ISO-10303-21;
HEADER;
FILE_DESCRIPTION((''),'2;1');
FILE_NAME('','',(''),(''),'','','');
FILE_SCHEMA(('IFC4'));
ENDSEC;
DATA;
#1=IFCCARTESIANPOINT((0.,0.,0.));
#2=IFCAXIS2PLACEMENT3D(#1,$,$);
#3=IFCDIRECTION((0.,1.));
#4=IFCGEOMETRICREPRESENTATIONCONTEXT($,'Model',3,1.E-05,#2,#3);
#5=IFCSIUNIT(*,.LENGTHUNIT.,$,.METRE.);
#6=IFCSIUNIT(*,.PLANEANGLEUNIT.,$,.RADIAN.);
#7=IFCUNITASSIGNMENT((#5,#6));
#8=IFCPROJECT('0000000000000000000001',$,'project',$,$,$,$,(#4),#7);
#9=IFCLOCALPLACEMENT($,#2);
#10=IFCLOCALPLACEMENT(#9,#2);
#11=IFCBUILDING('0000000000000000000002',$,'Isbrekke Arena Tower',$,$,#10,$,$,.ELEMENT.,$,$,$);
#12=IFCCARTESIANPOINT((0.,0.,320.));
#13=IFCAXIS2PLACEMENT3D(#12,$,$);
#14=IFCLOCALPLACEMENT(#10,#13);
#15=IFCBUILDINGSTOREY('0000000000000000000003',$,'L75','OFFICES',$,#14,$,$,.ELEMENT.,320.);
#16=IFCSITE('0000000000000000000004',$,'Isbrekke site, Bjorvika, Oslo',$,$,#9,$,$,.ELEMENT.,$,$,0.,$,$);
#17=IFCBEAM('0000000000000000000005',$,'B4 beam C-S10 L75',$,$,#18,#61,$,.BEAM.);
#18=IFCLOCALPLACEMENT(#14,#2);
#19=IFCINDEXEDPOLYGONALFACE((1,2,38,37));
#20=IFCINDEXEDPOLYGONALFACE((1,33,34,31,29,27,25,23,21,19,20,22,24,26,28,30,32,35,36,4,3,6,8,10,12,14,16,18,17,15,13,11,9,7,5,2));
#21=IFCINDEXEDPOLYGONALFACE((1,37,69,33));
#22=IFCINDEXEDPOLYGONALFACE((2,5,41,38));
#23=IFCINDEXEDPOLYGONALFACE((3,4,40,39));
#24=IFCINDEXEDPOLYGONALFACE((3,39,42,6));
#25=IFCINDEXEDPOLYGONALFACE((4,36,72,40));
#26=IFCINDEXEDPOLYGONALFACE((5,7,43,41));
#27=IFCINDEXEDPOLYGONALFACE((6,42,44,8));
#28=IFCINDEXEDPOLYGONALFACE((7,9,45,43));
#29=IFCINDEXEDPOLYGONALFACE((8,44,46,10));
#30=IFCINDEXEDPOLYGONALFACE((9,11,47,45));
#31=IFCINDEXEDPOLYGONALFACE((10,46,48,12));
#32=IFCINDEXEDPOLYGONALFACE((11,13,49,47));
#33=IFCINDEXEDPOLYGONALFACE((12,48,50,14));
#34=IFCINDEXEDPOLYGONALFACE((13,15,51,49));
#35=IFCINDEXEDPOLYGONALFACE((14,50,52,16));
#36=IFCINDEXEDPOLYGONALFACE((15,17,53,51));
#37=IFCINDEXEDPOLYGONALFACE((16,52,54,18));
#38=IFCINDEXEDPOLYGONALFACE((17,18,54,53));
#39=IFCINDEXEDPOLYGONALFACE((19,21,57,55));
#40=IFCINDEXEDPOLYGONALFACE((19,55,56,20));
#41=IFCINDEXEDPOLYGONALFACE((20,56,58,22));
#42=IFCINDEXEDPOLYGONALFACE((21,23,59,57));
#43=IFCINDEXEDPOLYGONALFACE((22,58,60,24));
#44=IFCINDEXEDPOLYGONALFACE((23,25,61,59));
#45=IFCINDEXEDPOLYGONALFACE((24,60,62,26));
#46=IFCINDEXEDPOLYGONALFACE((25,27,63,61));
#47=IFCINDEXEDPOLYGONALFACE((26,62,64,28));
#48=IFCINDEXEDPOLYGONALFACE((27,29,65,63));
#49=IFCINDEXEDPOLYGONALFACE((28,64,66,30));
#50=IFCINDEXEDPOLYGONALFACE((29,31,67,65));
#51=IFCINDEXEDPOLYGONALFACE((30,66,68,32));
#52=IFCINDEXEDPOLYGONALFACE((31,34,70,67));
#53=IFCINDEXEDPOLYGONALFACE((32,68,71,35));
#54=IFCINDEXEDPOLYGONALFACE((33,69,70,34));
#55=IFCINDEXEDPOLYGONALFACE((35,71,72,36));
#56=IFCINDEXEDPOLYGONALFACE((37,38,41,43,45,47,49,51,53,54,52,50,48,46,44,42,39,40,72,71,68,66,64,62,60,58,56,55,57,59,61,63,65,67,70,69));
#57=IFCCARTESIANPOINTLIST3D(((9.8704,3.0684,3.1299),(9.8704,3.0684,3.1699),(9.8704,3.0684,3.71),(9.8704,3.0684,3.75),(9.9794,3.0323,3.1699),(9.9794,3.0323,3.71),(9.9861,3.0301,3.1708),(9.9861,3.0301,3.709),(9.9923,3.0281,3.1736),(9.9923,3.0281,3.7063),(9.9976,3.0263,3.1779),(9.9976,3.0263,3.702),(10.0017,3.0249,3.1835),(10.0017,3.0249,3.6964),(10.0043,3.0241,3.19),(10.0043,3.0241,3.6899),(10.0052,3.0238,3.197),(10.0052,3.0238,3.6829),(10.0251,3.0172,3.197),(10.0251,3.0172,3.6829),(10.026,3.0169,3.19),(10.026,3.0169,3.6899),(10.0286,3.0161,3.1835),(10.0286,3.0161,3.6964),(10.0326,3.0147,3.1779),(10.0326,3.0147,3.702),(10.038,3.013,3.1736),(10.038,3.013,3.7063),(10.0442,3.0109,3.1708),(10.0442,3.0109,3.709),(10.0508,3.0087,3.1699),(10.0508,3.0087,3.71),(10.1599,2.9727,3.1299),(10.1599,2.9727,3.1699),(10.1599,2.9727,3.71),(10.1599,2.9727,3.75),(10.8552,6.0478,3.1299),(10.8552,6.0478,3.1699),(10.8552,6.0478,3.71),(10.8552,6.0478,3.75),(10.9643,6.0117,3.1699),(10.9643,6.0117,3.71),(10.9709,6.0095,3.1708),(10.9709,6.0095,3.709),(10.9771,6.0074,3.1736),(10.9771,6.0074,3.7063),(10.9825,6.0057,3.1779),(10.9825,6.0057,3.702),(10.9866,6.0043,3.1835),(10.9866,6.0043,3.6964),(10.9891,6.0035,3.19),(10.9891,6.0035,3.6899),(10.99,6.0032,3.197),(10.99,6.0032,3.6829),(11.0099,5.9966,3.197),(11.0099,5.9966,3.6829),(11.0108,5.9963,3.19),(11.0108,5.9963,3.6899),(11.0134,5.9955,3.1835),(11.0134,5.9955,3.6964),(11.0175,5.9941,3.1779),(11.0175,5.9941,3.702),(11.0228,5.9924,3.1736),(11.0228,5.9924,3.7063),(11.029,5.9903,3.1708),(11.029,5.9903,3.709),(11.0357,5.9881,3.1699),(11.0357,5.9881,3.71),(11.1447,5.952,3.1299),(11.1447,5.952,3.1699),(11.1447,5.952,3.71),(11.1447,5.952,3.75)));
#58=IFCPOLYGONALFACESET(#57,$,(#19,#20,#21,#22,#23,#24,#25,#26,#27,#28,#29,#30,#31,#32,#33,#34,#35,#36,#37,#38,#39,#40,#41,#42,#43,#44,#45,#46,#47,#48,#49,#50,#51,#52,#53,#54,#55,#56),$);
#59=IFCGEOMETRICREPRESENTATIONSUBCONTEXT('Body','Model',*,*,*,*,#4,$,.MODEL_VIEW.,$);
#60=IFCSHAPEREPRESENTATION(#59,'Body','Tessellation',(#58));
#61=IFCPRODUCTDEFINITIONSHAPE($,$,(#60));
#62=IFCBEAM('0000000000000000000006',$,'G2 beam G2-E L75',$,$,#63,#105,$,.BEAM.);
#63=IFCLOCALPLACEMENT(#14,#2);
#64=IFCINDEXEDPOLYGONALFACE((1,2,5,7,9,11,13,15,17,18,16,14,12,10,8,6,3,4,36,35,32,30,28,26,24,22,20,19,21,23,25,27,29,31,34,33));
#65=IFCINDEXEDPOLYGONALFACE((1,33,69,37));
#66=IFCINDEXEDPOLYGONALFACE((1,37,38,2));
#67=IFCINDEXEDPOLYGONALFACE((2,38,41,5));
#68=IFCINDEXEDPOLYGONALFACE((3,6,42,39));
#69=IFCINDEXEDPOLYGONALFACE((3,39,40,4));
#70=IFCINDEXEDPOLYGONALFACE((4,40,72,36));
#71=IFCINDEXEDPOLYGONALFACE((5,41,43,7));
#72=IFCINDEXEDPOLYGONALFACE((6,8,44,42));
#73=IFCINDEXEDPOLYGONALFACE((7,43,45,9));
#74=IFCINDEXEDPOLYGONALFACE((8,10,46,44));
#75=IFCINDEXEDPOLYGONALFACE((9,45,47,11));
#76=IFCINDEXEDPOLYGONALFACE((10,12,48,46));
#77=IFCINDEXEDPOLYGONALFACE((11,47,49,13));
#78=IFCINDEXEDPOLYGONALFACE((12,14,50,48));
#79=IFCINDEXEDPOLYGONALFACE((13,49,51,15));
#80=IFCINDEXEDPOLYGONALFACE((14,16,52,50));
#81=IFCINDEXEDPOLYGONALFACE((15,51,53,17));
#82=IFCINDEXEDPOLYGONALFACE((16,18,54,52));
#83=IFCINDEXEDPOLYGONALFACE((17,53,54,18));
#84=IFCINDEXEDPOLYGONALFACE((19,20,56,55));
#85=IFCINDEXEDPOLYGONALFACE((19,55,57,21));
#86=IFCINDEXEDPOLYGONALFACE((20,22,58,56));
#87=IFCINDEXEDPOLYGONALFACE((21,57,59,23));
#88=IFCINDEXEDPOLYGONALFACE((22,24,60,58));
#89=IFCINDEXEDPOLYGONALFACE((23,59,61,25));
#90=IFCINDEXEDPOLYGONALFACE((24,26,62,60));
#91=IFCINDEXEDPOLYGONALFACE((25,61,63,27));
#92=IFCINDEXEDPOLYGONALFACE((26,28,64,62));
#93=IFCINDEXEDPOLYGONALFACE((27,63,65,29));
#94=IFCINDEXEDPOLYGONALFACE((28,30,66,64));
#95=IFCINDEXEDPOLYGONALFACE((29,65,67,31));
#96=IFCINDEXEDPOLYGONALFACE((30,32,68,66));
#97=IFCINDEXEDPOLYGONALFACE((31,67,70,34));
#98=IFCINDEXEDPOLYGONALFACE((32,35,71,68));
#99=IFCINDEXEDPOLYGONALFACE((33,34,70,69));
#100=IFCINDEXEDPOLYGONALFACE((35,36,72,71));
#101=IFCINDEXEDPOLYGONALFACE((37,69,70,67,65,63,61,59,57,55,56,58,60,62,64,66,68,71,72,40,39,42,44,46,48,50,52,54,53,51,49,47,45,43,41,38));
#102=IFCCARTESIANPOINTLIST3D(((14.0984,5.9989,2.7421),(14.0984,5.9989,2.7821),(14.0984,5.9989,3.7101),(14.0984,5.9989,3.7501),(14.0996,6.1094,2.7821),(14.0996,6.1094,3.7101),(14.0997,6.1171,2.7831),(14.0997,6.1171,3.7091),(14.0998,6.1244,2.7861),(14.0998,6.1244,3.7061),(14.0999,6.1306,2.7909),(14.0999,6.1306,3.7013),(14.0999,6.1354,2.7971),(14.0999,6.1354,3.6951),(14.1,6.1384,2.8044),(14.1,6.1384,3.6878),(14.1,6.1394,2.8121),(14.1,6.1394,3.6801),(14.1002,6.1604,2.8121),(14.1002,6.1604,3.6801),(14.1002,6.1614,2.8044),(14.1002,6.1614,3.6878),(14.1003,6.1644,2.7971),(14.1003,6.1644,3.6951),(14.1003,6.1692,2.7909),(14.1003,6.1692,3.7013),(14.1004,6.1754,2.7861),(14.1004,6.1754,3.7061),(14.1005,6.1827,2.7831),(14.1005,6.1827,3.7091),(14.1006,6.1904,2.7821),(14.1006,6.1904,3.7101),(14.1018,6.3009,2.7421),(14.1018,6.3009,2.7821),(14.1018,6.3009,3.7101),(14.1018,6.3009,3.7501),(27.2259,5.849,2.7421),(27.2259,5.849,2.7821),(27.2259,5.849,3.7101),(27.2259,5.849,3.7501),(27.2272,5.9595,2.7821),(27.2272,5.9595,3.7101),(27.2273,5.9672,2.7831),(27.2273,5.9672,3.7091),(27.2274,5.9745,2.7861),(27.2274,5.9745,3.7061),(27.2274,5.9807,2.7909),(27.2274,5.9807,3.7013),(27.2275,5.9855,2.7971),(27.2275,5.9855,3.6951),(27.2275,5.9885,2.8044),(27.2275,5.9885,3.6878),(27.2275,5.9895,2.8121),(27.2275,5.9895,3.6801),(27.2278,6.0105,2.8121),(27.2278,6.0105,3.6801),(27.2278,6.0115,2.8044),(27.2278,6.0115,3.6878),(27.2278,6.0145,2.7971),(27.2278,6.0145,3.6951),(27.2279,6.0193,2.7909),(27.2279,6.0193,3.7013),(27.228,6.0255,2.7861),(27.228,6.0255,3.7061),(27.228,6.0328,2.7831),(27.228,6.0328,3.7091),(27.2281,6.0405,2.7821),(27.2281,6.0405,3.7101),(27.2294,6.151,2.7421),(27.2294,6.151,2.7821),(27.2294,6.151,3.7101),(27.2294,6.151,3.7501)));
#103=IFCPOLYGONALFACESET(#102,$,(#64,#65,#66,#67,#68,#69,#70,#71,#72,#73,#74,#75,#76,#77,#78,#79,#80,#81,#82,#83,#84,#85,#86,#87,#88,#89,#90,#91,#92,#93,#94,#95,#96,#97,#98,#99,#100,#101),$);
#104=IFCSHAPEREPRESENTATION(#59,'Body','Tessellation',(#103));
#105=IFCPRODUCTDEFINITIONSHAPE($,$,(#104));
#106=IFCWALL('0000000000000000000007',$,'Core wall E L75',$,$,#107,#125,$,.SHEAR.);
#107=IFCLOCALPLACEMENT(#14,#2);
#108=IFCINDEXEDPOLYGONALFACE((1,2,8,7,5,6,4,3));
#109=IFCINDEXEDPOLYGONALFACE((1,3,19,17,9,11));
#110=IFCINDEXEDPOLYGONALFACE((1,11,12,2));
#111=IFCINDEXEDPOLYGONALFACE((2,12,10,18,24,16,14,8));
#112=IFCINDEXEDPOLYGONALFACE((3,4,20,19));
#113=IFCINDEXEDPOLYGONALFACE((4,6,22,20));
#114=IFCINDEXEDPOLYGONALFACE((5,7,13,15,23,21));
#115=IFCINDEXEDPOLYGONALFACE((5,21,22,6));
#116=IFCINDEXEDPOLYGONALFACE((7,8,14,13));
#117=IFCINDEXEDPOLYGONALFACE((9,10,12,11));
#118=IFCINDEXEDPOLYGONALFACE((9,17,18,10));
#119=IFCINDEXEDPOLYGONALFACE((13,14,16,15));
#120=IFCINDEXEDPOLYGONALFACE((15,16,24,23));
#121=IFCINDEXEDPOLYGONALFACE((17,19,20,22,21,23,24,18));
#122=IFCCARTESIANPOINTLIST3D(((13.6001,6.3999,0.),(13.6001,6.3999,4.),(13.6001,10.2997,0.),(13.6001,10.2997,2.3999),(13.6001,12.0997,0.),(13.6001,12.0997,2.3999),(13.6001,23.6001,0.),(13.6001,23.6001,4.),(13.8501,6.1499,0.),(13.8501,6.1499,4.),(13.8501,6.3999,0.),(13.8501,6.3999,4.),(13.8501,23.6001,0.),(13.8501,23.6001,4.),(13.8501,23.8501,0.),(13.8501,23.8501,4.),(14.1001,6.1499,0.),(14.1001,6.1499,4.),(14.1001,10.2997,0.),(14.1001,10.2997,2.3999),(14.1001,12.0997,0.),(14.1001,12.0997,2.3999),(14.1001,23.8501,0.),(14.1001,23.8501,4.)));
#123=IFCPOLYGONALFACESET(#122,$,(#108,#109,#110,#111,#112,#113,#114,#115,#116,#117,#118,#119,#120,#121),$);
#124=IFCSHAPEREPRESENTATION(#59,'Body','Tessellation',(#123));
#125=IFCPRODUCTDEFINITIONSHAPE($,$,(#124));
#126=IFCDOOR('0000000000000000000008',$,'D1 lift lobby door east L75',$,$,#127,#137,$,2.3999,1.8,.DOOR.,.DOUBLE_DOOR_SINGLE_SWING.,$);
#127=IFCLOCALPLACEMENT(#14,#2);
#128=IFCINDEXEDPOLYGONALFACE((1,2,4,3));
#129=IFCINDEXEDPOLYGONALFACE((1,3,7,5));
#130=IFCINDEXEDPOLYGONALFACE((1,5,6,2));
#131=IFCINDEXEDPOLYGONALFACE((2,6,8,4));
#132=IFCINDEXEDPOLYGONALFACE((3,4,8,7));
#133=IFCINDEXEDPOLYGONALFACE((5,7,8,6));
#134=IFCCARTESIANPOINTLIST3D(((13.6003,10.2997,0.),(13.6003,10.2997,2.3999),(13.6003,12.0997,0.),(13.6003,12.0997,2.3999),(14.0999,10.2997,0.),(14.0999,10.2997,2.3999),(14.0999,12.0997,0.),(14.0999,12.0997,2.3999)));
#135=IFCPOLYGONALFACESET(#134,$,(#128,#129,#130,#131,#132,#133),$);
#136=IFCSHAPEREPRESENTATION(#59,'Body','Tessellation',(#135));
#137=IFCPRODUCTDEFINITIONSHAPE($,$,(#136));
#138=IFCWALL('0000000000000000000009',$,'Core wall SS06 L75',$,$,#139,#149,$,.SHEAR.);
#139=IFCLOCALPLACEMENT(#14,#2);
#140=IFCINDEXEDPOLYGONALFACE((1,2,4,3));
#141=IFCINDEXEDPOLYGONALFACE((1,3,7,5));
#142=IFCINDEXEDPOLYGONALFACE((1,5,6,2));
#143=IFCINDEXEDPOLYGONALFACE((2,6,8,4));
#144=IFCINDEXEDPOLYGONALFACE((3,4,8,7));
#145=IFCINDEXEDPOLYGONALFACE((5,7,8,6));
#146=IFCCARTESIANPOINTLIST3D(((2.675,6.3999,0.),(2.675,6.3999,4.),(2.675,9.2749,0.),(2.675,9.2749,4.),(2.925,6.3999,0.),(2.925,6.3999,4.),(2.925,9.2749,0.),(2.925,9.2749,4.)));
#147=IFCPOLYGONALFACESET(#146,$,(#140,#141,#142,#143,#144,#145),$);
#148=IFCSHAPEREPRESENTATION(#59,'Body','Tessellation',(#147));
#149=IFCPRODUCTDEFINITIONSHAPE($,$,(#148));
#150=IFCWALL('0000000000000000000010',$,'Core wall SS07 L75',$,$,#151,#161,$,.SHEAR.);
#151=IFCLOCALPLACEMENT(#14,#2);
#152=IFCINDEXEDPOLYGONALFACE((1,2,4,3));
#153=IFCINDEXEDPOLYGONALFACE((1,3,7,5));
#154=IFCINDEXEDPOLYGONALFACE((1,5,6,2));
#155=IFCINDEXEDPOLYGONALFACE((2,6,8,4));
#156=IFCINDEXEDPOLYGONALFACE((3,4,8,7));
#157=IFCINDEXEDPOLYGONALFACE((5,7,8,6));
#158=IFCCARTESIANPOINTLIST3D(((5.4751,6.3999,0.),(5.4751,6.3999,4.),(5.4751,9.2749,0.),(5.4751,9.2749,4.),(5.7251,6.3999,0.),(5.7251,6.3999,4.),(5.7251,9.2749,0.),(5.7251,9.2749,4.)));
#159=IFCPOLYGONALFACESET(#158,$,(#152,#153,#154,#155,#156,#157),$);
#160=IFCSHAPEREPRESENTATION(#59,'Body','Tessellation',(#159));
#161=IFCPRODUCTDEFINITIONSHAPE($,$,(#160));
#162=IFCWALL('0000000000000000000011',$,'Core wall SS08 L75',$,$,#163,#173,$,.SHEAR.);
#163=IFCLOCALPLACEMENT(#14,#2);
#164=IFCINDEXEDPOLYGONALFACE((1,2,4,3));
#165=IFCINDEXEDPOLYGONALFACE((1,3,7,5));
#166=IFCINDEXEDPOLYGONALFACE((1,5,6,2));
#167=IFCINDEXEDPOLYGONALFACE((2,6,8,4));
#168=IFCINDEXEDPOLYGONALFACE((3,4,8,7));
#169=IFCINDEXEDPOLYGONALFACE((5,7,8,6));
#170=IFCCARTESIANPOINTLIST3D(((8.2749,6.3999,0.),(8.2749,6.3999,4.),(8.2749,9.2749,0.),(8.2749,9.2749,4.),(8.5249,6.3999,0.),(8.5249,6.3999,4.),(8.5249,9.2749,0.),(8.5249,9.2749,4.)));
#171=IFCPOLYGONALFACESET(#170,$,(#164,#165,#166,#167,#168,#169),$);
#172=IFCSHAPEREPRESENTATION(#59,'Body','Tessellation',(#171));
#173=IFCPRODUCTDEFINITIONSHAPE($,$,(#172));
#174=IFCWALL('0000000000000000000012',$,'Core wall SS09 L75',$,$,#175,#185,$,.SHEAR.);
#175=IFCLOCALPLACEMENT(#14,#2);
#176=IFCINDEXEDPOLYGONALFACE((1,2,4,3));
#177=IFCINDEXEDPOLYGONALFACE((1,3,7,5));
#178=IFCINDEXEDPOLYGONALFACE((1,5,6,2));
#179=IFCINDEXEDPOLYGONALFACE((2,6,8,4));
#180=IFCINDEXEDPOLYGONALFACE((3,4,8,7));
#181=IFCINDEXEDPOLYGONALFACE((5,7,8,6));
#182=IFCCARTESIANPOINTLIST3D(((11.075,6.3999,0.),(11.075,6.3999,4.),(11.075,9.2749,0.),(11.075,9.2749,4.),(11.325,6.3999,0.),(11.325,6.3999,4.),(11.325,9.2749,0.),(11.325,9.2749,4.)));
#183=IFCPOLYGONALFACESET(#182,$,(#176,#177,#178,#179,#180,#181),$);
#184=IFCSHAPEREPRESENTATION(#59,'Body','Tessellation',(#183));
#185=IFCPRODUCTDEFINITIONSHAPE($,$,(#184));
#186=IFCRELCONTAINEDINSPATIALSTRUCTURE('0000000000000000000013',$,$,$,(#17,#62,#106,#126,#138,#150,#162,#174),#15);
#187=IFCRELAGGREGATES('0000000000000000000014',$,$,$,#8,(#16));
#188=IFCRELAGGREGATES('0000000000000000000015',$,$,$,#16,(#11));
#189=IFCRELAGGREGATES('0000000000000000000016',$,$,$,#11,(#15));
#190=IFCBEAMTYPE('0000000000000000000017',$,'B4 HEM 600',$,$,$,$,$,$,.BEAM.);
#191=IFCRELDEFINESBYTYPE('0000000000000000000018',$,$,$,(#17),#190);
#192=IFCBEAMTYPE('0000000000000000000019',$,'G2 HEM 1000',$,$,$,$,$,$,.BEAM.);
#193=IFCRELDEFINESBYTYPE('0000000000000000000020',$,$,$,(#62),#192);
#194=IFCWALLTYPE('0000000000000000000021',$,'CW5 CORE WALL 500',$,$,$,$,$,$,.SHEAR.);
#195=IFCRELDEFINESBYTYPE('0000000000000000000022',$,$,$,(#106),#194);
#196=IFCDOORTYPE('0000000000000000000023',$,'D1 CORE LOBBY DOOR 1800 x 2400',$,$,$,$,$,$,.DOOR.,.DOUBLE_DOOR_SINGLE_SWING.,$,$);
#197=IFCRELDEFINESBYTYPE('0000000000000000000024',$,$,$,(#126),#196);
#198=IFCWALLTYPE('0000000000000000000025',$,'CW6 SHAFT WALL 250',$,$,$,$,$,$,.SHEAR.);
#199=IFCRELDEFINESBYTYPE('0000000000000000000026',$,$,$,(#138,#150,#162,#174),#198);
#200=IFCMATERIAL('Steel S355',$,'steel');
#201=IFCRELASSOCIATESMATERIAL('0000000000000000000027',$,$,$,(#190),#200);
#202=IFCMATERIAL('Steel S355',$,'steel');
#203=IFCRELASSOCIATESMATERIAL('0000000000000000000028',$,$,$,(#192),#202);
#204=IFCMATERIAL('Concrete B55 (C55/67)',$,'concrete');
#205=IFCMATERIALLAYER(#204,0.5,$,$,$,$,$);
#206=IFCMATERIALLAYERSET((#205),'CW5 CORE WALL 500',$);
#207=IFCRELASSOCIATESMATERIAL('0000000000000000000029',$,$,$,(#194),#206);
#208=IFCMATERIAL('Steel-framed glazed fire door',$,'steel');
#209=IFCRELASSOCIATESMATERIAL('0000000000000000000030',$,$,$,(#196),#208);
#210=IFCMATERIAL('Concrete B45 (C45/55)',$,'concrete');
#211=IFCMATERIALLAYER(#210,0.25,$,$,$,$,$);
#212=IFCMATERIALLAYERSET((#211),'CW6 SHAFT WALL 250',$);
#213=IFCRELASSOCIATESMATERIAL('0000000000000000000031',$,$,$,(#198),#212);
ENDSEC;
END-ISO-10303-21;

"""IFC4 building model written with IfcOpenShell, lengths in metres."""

from ifc_helpers import new_model, si_unit, direction, frame, frame_2d, origin, origin_2d, place, context, subcontext, project, spatial, polyline, rectangle, i_section, outline, extrude, material, layer, layer_set, material_profile, profile_set, type_object, element, fill, save


model = new_model("IFC4")

# Units and contexts
model_context = context("Model", 3, precision=1e-05, world=origin(), true_north=direction((0.0, 1.0)))
body_context = subcontext(model_context, "Body", "Model", "MODEL_VIEW")
ifc_project = project(units=[si_unit("LENGTHUNIT", "METRE"), si_unit("PLANEANGLEUNIT", "RADIAN")], contexts=[model_context])

# Site, building, storey
site_placement = place(None, origin())
site = spatial("IfcSite", under=ifc_project, at=site_placement, Name="Isbrekke site, Bjorvika, Oslo", CompositionType="ELEMENT", RefElevation=0.0)
building_placement = place(site_placement, origin())
building = spatial("IfcBuilding", under=site, at=building_placement, Name="Isbrekke Arena Tower", CompositionType="ELEMENT")
storey_placement = place(building_placement, frame((0.0, 0.0, 320.0)))
storey = spatial("IfcBuildingStorey", under=building, at=storey_placement, Name="L75", Description="OFFICES", CompositionType="ELEMENT", Elevation=320.0)

# Beams
ifc_material_1 = material(Name="Steel S355", Category="steel")
ifc_material_profile_1 = material_profile(ifc_material_1, i_section(OverallWidth=0.3049, OverallDepth=0.6201, WebThickness=0.021, FlangeThickness=0.04, FilletRadius=0.0271, at=origin_2d()), Name="HEM 600")
ifc_profile_set_1 = profile_set([ifc_material_profile_1], Name="Steel S355")
beam_type_1 = type_object("IfcBeamType", Name="B4 HEM 600", PredefinedType="BEAM", material=ifc_profile_set_1)
beam_1_placement = place(storey_placement, frame((10.0151, 3.0205, 3.4399), z_axis=(0.313846, 0.949474, 0.0), x_axis=(-0.949474, 0.313846, 0.0)))
element("IfcBeam", 1, at=beam_1_placement, inside=storey, type_object=beam_type_1, Name="B4 beam C-S10 L75", PredefinedType="BEAM", context=body_context, shape_type="SweptSolid", body=[
    extrude(i_section(OverallWidth=0.3049, OverallDepth=0.6201, WebThickness=0.021, FlangeThickness=0.04, FilletRadius=0.0271, at=origin_2d()), origin(), (0.0, 0.0, 1.0), 3.1379),
])
ifc_material_2 = material(Name="Steel S355", Category="steel")
ifc_material_profile_2 = material_profile(ifc_material_2, i_section(OverallWidth=0.302, OverallDepth=1.0081, WebThickness=0.021, FlangeThickness=0.04, FilletRadius=0.03, at=origin_2d()), Name="HEM 1000")
ifc_profile_set_2 = profile_set([ifc_material_profile_2], Name="Steel S355")
beam_type_2 = type_object("IfcBeamType", Name="G2 HEM 1000", PredefinedType="BEAM", material=ifc_profile_set_2)
beam_2_placement = place(storey_placement, frame((14.1001, 6.1499, 3.2461), z_axis=(0.999935, -0.011418, 0.0), x_axis=(0.011418, 0.999935, 0.0)))
element("IfcBeam", 2, at=beam_2_placement, inside=storey, type_object=beam_type_2, Name="G2 beam G2-E L75", PredefinedType="BEAM", context=body_context, shape_type="SweptSolid", body=[
    extrude(i_section(OverallWidth=0.302, OverallDepth=1.0081, WebThickness=0.021, FlangeThickness=0.04, FilletRadius=0.03, at=origin_2d()), origin(), (0.0, 0.0, 1.0), 13.1284),
])

# Wall, opening, door
ifc_material_3 = material(Name="Concrete B55 (C55/67)", Category="concrete")
ifc_layer_1 = layer(ifc_material_3, 0.5)
ifc_layer_set_1 = layer_set([ifc_layer_1], Name="CW5 CORE WALL 500")
wall_type_1 = type_object("IfcWallType", Name="CW5 CORE WALL 500", PredefinedType="SHEAR", material=ifc_layer_set_1)
wall_1_placement = place(storey_placement, frame((13.8501, 6.1499, 0.0), z_axis=(0.0, 0.0, 1.0), x_axis=(0.0, 1.0, 0.0)))
wall_1 = element("IfcWall", 3, at=wall_1_placement, inside=storey, type_object=wall_type_1, Name="Core wall E L75", PredefinedType="SHEAR", context=body_context, shape_type="SweptSolid", body=[
    extrude(outline(polyline([(0.0, -0.25), (17.7002, -0.25), (17.7002, 0.0), (17.4502, 0.0), (17.4502, 0.25), (0.25, 0.25), (0.25, 0.0), (0.0, 0.0), (0.0, -0.25)])), origin(), (0.0, 0.0, 1.0), 4.0),
])
opening_1_placement = place(wall_1_placement, frame((4.1499, 0.0, 0.0)))
opening_1 = element("IfcOpeningElement", 4, at=opening_1_placement, cuts=wall_1, PredefinedType="OPENING", context=body_context, shape_type="SweptSolid", body=[
    extrude(rectangle(XDim=1.8, YDim=2.3999, at=frame_2d((0.8999, 1.2))), frame((0.0, 0.2649, 0.0), z_axis=(0.0, -1.0, 0.0), x_axis=(1.0, 0.0, 0.0)), (0.0, 0.0, 1.0), 0.5298),
])
ifc_material_4 = material(Name="Steel-framed glazed fire door", Category="steel")
door_type_1 = type_object("IfcDoorType", Name="D1 CORE LOBBY DOOR 1800 x 2400", OperationType="DOUBLE_DOOR_SINGLE_SWING", PredefinedType="DOOR", material=ifc_material_4)
door_1_placement = place(opening_1_placement, origin())
door_1 = element("IfcDoor", 5, at=door_1_placement, inside=storey, type_object=door_type_1, Name="D1 lift lobby door east L75", OperationType="DOUBLE_DOOR_SINGLE_SWING", OverallHeight=2.3999, OverallWidth=1.8, PredefinedType="DOOR", context=body_context, shape_type="SweptSolid", body=[
    extrude(rectangle(XDim=1.8, YDim=2.3999, at=frame_2d((0.8999, 1.2))), frame((0.0, 0.2498, 0.0), z_axis=(0.0, -1.0, 0.0), x_axis=(1.0, 0.0, 0.0)), (0.0, 0.0, 1.0), 0.4995),
])
fill(opening_1, door_1)

# Walls
ifc_material_5 = material(Name="Concrete B45 (C45/55)", Category="concrete")
ifc_layer_2 = layer(ifc_material_5, 0.25)
ifc_layer_set_2 = layer_set([ifc_layer_2], Name="CW6 SHAFT WALL 250")
wall_type_2 = type_object("IfcWallType", Name="CW6 SHAFT WALL 250", PredefinedType="SHEAR", material=ifc_layer_set_2)
for number, where, z_axis, x_axis, name in (
    (6, (2.8, 6.3999, 0.0), (0.0, 0.0, 1.0), (0.0, 1.0, 0.0), "Core wall SS06 L75"),
    (7, (5.6001, 6.3999, 0.0), (0.0, 0.0, 1.0), (0.0, 1.0, 0.0), "Core wall SS07 L75"),
    (8, (8.3999, 6.3999, 0.0), (0.0, 0.0, 1.0), (0.0, 1.0, 0.0), "Core wall SS08 L75"),
    (9, (11.2, 6.3999, 0.0), (0.0, 0.0, 1.0), (0.0, 1.0, 0.0), "Core wall SS09 L75"),
):
    element("IfcWall", number, at=place(storey_placement, frame(where, z_axis=z_axis, x_axis=x_axis)), inside=storey, type_object=wall_type_2, Name=name, PredefinedType="SHEAR", context=body_context, shape_type="SweptSolid", body=[
        extrude(rectangle(XDim=2.875, YDim=0.25, at=frame_2d((1.4375, 0.0))), origin(), (0.0, 0.0, 1.0), 4.0),
    ])

save(model, "model.ifc")
